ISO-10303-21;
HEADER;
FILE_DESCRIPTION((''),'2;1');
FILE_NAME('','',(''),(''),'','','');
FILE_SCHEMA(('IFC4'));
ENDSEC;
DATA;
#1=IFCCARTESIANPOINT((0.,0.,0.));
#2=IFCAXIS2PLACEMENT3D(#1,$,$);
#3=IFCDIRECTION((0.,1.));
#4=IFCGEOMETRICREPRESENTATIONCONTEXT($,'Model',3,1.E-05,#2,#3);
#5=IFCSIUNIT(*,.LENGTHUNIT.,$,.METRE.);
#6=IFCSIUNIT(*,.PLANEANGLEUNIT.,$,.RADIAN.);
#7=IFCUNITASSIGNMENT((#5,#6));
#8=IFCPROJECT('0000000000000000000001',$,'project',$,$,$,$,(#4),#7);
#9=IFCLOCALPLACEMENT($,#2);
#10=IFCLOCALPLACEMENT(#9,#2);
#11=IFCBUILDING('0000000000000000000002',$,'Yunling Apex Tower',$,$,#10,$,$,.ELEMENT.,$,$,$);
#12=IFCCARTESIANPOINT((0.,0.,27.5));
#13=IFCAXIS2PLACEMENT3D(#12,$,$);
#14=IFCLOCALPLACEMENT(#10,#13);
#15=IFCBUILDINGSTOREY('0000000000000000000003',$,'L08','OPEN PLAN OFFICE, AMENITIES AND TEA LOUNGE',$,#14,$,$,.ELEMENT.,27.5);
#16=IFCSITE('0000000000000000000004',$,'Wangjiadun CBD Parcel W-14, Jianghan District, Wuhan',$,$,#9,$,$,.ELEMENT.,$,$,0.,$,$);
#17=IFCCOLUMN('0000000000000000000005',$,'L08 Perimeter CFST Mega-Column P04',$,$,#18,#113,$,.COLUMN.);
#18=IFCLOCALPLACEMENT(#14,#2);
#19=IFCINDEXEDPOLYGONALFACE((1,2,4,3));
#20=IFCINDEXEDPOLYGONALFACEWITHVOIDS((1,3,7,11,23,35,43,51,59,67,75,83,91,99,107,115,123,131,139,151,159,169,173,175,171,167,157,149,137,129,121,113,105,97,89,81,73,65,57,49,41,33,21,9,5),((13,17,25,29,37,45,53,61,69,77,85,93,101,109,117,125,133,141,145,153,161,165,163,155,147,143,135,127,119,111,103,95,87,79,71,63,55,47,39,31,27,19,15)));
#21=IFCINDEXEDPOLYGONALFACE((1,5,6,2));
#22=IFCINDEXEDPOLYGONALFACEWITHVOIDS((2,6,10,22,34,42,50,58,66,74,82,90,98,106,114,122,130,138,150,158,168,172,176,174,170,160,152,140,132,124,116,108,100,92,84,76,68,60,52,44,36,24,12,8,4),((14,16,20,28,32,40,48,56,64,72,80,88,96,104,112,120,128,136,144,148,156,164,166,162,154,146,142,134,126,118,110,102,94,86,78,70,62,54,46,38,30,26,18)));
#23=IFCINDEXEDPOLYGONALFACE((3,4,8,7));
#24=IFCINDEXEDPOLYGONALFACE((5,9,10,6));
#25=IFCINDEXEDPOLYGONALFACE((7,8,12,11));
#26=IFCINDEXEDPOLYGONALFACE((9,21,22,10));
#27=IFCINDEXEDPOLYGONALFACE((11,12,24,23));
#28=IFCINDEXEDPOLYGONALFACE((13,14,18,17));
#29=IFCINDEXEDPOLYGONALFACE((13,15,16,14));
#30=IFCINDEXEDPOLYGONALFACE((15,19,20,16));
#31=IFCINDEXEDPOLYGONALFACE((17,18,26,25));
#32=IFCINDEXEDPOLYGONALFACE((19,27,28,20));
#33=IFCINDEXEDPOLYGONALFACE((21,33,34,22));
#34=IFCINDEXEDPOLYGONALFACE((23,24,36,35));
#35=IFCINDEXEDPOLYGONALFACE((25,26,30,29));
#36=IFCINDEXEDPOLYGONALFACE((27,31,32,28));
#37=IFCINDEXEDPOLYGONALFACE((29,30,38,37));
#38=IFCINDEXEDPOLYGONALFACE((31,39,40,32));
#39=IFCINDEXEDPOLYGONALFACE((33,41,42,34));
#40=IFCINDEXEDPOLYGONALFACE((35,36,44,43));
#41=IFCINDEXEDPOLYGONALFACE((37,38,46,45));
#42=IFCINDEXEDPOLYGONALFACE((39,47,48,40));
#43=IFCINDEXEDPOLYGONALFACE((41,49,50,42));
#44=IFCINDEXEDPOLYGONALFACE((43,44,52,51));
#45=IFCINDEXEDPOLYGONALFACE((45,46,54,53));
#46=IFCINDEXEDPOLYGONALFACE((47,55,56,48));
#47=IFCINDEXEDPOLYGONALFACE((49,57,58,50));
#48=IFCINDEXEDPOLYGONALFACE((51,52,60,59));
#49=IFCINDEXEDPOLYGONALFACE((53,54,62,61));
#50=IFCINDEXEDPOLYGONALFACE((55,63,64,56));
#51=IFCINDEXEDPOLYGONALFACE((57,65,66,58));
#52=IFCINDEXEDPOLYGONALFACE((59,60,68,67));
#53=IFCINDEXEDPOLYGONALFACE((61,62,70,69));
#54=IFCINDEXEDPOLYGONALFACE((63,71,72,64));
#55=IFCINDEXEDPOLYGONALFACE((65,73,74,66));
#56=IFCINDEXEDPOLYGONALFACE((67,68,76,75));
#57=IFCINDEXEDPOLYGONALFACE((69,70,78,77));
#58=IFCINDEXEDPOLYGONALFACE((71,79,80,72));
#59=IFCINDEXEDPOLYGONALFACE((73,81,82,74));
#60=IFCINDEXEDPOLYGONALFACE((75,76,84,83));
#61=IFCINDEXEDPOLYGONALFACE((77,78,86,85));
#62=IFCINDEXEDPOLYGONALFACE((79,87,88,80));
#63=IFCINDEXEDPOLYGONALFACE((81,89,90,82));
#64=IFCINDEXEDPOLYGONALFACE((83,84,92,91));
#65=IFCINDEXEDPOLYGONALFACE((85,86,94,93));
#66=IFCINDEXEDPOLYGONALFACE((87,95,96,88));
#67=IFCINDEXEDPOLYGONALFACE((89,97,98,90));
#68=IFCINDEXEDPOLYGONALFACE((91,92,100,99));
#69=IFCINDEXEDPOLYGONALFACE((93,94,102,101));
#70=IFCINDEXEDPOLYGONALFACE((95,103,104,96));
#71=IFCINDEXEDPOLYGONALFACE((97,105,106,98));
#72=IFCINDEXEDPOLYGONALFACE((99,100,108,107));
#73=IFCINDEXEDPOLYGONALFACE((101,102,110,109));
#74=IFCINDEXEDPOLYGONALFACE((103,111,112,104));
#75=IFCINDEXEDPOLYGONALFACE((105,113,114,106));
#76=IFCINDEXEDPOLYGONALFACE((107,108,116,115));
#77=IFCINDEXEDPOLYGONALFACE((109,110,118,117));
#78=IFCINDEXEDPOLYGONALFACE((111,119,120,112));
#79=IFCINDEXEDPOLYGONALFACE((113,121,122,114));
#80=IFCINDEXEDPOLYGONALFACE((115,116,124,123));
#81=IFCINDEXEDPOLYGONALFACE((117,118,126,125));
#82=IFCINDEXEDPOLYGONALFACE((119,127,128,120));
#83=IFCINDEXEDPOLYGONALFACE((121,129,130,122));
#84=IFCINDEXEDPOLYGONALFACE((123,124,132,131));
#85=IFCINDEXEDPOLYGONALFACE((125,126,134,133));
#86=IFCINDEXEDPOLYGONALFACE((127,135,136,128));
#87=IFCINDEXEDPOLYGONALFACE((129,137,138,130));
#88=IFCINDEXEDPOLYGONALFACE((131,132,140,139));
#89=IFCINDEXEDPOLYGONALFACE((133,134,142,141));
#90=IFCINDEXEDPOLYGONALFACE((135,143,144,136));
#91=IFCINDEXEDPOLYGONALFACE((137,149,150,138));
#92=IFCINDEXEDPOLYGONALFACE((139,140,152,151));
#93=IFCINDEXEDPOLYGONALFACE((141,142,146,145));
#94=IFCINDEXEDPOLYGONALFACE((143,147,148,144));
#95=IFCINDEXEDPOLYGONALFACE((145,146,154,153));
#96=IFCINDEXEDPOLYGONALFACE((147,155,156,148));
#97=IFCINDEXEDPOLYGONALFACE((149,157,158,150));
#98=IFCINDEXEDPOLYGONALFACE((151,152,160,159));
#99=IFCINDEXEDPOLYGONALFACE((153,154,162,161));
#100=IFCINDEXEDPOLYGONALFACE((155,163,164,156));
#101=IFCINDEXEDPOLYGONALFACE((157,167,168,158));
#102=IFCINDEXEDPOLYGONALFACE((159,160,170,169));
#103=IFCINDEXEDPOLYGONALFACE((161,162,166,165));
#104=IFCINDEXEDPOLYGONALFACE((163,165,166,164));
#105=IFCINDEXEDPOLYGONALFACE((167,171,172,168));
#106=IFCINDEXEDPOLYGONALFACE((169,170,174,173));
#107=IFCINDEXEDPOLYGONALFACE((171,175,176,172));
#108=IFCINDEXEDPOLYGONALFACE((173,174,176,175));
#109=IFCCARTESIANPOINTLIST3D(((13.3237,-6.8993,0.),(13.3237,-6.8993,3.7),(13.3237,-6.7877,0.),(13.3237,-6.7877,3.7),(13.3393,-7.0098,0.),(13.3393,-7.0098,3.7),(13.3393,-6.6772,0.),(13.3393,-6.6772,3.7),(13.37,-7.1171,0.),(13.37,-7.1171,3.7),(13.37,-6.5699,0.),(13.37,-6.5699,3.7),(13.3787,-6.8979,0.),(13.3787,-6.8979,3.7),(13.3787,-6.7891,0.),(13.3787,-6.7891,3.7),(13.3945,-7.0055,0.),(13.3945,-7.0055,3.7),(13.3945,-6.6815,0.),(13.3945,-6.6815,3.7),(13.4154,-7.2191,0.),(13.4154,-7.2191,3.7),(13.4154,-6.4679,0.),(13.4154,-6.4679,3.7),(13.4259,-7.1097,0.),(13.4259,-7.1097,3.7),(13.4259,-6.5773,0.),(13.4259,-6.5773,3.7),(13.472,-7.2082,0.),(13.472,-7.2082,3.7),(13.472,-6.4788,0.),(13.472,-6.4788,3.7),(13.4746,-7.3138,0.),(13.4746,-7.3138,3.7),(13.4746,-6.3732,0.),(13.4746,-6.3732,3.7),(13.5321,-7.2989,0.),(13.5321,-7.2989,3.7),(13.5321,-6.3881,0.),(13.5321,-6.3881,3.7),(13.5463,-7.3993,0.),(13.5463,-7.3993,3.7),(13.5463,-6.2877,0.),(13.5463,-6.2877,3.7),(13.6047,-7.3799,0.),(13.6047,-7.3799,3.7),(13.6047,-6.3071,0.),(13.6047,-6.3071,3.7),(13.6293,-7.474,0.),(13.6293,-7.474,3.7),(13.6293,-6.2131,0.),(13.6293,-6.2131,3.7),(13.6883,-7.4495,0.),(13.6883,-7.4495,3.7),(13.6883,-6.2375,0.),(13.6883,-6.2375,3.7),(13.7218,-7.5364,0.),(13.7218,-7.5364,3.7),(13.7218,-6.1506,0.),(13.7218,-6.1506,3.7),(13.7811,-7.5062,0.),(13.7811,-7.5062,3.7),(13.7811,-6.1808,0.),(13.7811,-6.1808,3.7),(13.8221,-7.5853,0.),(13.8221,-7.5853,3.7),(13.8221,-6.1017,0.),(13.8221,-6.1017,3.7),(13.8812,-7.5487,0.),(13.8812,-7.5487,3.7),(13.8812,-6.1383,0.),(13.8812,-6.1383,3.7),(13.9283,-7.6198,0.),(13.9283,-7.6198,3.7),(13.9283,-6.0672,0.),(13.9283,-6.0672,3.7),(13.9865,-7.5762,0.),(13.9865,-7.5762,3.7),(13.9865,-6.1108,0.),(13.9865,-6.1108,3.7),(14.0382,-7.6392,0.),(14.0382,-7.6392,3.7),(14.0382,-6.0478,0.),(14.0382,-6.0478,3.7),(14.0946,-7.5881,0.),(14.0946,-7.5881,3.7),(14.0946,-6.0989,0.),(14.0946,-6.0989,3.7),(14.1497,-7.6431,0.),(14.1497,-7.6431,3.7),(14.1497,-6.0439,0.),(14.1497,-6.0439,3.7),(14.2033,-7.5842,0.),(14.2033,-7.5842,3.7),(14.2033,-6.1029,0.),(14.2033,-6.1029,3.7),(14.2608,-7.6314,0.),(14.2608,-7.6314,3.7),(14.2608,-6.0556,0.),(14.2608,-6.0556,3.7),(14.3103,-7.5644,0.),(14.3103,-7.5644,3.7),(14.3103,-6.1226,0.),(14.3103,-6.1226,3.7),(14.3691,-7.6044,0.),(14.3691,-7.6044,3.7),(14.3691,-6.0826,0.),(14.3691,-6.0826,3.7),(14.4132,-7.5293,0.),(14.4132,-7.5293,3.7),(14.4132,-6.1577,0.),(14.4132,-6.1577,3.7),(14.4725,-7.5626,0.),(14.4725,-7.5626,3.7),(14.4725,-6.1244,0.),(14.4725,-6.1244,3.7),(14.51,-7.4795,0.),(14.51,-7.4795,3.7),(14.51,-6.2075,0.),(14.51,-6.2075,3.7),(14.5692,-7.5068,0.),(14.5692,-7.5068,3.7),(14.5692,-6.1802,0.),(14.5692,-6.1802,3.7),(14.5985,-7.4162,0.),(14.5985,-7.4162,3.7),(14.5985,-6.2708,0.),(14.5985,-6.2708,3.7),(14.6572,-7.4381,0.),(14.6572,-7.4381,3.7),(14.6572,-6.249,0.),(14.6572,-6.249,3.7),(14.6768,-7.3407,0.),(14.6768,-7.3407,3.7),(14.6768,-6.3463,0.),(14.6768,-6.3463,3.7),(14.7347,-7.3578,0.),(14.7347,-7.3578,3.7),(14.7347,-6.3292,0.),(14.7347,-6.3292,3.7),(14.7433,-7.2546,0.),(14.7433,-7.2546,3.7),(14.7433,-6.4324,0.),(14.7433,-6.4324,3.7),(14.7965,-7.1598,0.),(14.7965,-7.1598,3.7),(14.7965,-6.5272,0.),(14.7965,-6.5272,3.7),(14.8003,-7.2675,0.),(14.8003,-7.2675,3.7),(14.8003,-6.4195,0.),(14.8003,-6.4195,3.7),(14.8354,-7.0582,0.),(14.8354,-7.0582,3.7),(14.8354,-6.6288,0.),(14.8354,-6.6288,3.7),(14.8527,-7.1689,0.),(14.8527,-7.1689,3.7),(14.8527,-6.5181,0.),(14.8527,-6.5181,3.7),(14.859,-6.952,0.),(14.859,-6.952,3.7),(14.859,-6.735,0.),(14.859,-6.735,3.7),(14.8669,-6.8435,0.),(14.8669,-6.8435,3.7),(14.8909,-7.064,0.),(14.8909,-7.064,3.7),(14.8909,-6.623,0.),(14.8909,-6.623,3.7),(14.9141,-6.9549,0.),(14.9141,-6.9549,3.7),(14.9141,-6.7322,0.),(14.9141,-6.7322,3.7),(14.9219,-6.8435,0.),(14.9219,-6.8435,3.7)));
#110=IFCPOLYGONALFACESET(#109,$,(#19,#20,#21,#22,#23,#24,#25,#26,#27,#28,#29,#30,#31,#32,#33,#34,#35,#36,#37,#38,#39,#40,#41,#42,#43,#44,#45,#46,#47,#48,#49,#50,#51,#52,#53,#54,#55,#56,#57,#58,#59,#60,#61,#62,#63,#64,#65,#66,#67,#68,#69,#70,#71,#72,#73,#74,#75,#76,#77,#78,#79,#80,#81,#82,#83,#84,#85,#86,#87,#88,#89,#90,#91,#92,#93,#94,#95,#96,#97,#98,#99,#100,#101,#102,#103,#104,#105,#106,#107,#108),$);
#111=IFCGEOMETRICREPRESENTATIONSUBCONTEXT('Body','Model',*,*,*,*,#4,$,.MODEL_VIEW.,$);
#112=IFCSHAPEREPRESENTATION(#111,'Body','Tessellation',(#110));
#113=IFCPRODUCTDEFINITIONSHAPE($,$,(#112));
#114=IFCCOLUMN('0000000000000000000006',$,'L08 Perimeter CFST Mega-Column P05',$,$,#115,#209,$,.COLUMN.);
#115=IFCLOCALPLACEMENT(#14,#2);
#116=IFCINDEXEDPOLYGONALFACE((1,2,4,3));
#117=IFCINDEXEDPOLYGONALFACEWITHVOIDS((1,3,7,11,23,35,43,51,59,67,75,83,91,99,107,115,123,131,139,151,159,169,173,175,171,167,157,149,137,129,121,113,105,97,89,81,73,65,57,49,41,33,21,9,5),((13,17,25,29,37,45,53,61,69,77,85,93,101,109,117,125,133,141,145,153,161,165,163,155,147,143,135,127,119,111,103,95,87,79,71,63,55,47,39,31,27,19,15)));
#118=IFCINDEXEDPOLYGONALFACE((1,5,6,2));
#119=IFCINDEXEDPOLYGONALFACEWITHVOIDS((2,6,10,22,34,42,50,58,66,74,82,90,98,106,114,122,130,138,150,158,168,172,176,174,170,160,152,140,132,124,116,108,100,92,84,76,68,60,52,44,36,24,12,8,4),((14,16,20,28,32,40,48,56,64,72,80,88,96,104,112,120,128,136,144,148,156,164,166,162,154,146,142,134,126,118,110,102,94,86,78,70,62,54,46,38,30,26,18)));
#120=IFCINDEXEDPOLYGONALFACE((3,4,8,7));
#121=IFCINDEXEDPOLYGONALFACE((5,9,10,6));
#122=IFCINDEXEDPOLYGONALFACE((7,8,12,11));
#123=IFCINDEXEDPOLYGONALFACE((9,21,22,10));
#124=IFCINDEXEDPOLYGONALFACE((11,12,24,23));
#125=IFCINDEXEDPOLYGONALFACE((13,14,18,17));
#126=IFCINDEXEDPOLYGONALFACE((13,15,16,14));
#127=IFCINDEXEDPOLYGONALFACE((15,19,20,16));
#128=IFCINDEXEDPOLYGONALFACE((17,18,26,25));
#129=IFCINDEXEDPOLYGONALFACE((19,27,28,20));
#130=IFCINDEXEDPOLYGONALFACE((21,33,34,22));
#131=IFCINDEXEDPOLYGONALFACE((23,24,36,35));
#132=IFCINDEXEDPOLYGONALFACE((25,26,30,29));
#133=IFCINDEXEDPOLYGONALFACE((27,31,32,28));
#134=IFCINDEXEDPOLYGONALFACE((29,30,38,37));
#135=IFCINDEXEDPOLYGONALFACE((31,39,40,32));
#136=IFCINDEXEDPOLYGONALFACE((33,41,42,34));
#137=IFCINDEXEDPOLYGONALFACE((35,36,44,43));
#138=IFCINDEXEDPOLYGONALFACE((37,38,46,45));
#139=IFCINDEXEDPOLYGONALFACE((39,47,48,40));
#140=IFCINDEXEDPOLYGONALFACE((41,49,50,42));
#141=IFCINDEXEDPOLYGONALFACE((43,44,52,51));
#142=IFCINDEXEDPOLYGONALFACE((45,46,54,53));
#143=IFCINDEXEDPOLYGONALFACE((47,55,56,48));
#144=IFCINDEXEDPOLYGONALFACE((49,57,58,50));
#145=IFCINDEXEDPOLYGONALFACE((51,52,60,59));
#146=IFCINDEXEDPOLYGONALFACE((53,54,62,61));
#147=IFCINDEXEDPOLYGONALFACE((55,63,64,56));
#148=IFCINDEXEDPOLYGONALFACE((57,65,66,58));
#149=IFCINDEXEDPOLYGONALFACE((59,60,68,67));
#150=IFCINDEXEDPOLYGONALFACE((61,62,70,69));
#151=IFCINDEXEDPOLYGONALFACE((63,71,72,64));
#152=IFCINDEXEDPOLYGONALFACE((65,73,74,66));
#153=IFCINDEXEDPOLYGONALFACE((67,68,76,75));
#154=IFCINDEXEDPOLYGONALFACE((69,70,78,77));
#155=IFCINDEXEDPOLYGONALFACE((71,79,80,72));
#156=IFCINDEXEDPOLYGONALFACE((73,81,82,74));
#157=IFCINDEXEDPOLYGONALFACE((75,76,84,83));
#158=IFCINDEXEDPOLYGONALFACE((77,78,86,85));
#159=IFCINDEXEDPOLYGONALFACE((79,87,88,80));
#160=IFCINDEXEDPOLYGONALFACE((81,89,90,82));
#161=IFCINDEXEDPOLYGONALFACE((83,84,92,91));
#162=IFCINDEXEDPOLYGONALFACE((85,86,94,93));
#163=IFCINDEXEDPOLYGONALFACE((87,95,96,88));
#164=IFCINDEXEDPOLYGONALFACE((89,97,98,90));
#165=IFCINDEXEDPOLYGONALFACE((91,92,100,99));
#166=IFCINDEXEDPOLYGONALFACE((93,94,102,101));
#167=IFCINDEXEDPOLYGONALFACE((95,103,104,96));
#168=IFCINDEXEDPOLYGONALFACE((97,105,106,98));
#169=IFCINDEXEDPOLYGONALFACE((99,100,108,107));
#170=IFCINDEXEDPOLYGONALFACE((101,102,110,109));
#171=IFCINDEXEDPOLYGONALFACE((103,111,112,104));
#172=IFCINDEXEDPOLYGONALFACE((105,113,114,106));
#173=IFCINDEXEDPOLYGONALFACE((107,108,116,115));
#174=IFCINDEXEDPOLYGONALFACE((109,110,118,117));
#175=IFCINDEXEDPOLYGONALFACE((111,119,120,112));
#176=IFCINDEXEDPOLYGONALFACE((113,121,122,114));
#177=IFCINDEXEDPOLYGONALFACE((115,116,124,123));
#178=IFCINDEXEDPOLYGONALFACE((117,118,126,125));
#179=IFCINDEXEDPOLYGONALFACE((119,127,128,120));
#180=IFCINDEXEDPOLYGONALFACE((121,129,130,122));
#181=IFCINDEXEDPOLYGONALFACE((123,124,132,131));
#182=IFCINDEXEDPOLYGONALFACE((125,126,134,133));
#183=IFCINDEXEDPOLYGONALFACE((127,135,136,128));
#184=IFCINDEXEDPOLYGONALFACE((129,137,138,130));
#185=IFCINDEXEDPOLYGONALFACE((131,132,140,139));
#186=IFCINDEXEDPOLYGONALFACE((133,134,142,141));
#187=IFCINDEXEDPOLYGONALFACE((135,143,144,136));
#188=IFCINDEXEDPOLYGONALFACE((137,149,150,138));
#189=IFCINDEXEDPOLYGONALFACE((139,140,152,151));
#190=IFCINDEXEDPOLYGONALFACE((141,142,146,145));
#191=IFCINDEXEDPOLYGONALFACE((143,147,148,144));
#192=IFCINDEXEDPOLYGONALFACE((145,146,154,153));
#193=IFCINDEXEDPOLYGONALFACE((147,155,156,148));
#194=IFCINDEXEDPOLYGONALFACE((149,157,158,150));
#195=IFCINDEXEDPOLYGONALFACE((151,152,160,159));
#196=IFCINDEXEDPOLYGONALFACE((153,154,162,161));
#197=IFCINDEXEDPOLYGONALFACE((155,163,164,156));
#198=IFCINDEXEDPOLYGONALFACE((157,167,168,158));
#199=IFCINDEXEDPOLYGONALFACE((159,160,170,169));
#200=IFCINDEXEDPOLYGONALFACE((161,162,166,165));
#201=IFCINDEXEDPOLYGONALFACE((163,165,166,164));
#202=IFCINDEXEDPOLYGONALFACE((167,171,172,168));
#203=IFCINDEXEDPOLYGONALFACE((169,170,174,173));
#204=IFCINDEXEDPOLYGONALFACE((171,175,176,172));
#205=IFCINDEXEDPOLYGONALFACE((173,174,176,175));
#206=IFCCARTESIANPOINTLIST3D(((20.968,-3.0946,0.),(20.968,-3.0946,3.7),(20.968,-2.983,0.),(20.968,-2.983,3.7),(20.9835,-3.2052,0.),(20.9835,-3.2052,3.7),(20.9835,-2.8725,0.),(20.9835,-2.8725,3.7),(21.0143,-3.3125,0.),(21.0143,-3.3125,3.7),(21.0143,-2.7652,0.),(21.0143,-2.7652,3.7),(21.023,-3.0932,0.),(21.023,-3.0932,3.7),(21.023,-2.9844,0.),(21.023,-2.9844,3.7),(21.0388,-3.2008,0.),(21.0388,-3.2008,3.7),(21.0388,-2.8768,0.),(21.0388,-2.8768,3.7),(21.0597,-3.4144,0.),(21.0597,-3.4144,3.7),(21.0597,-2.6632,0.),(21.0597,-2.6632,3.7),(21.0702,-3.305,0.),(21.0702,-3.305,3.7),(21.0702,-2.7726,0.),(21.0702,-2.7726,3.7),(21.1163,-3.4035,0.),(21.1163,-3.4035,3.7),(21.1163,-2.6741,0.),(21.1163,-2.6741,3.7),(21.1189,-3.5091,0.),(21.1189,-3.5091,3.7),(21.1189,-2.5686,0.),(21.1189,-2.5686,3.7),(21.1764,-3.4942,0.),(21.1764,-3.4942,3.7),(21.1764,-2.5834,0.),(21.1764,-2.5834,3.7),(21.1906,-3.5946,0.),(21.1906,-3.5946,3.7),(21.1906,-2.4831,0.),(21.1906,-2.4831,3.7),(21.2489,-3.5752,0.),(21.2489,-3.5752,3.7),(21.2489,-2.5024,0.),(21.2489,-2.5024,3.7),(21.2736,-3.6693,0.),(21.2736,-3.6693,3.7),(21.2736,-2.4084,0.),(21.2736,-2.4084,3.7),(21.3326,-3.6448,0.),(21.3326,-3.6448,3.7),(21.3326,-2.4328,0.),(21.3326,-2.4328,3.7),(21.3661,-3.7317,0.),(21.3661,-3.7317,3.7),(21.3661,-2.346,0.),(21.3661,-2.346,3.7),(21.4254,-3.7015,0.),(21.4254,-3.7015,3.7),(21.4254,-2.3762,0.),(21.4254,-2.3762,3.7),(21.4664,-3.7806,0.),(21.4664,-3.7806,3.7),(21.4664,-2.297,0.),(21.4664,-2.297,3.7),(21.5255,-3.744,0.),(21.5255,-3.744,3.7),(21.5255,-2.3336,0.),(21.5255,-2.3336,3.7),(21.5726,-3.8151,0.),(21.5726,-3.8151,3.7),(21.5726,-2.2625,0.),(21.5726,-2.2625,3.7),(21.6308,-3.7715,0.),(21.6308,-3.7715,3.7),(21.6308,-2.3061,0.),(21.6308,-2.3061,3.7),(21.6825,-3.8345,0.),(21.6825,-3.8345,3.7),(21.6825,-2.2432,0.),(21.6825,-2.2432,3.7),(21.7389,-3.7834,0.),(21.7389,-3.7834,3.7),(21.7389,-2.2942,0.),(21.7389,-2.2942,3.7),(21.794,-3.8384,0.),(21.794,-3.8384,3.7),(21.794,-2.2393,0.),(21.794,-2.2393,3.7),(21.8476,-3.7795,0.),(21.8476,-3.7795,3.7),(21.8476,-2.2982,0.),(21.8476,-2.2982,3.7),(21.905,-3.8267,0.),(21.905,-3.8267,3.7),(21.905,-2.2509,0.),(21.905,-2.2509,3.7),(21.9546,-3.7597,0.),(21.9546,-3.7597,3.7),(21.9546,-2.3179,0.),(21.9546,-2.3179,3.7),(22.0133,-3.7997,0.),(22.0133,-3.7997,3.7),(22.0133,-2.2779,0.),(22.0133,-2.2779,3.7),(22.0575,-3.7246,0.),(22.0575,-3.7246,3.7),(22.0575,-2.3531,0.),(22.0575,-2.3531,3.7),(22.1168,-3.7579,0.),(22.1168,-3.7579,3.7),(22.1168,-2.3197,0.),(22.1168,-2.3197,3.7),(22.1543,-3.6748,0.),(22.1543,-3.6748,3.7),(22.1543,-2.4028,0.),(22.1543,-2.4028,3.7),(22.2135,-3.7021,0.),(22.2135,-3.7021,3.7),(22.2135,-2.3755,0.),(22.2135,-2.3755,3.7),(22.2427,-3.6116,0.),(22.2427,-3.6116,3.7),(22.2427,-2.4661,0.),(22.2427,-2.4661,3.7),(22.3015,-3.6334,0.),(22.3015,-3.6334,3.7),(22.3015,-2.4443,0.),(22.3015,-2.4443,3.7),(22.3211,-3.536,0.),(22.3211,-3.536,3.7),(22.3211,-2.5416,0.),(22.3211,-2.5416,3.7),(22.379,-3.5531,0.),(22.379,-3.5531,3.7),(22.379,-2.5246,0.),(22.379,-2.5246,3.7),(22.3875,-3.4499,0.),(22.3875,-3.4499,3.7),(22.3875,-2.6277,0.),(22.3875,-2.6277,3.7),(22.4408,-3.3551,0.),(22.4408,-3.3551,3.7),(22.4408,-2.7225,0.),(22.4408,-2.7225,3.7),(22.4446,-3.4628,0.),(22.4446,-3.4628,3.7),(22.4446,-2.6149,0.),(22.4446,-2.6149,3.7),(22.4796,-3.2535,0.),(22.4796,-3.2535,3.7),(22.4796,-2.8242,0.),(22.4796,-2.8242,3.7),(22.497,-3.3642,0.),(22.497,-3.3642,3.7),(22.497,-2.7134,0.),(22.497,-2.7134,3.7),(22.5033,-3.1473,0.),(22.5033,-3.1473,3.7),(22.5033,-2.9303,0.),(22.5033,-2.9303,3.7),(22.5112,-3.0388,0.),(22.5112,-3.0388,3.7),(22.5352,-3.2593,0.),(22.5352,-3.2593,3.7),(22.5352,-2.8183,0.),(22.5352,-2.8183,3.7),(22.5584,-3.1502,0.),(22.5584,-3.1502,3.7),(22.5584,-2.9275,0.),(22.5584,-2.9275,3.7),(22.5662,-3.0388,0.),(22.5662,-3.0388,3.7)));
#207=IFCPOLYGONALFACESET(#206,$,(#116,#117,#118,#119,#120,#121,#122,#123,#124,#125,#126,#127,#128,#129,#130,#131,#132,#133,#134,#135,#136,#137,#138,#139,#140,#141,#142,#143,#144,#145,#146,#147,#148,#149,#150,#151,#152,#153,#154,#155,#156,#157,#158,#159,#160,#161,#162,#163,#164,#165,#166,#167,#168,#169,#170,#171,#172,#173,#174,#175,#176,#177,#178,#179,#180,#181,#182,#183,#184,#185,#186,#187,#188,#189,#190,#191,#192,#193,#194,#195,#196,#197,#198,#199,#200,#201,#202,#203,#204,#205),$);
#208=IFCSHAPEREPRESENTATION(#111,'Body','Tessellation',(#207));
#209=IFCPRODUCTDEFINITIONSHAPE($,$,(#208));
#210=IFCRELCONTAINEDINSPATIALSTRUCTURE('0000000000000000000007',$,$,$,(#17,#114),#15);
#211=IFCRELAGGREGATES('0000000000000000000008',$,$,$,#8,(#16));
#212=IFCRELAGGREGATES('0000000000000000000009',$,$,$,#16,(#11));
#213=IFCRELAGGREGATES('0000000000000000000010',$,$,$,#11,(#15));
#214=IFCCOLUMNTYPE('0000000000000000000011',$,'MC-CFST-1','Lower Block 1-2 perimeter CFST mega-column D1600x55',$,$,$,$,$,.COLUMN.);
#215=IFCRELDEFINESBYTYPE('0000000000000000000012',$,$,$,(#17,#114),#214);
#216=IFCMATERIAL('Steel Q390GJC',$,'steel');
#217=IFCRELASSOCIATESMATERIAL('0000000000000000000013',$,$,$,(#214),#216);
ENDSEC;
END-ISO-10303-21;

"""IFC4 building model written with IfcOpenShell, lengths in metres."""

from ifc_helpers import new_model, si_unit, direction, frame, origin, origin_2d, place, context, subcontext, project, spatial, hollow_circle, extrude, source, transform, mapped, material, material_profile, profile_set, type_object, element, save


model = new_model("IFC4")

# Units and contexts
model_context = context("Model", 3, precision=1e-05, world=origin(), true_north=direction((0.0, 1.0)))
body_context = subcontext(model_context, "Body", "Model", "MODEL_VIEW")
ifc_project = project(units=[si_unit("LENGTHUNIT", "METRE"), si_unit("PLANEANGLEUNIT", "RADIAN")], contexts=[model_context])

# Site, building, storey
site_placement = place(None, origin())
site = spatial("IfcSite", under=ifc_project, at=site_placement, Name="Wangjiadun CBD Parcel W-14, Jianghan District, Wuhan", CompositionType="ELEMENT", RefElevation=0.0)
building_placement = place(site_placement, origin())
building = spatial("IfcBuilding", under=site, at=building_placement, Name="Yunling Apex Tower", CompositionType="ELEMENT")
storey_placement = place(building_placement, frame((0.0, 0.0, 27.5)))
storey = spatial("IfcBuildingStorey", under=building, at=storey_placement, Name="L08", Description="OPEN PLAN OFFICE, AMENITIES AND TEA LOUNGE", CompositionType="ELEMENT", Elevation=27.5)

# Columns
ifc_material_1 = material(Name="Steel Q390GJC", Category="steel")
ifc_material_profile_1 = material_profile(ifc_material_1, hollow_circle(Radius=0.8, WallThickness=0.0549, at=origin_2d()))
ifc_profile_set_1 = profile_set([ifc_material_profile_1], Name="Steel Q390GJC")
column_type = type_object("IfcColumnType", Name="MC-CFST-1", Description="Lower Block 1-2 perimeter CFST mega-column D1600x55", PredefinedType="COLUMN", material=ifc_profile_set_1)
shared_shape_1 = source(origin(), body_context, "Body", "SweptSolid", [
    extrude(hollow_circle(Radius=0.8, WallThickness=0.0549, at=origin_2d()), origin(), (0.0, 0.0, 1.0), 3.7),
])
for number, where, z_axis, x_axis, name in (
    (1, (14.1218, -6.8435, 0.0), (0.0, 0.0, 1.0), (1.0, 0.0, 0.0), "L08 Perimeter CFST Mega-Column P04"),
    (2, (21.7661, -3.0388, 0.0), (0.0, 0.0, 1.0), (1.0, 0.0, 0.0), "L08 Perimeter CFST Mega-Column P05"),
):
    element("IfcColumn", number, at=place(storey_placement, frame(where, z_axis=z_axis, x_axis=x_axis)), inside=storey, type_object=column_type, Name=name, PredefinedType="COLUMN", context=body_context, shape_type="MappedRepresentation", body=[
        mapped(shared_shape_1, transform((0.0, 0.0, 0.0), scale=1.0)),
    ])

save(model, "model.ifc")
